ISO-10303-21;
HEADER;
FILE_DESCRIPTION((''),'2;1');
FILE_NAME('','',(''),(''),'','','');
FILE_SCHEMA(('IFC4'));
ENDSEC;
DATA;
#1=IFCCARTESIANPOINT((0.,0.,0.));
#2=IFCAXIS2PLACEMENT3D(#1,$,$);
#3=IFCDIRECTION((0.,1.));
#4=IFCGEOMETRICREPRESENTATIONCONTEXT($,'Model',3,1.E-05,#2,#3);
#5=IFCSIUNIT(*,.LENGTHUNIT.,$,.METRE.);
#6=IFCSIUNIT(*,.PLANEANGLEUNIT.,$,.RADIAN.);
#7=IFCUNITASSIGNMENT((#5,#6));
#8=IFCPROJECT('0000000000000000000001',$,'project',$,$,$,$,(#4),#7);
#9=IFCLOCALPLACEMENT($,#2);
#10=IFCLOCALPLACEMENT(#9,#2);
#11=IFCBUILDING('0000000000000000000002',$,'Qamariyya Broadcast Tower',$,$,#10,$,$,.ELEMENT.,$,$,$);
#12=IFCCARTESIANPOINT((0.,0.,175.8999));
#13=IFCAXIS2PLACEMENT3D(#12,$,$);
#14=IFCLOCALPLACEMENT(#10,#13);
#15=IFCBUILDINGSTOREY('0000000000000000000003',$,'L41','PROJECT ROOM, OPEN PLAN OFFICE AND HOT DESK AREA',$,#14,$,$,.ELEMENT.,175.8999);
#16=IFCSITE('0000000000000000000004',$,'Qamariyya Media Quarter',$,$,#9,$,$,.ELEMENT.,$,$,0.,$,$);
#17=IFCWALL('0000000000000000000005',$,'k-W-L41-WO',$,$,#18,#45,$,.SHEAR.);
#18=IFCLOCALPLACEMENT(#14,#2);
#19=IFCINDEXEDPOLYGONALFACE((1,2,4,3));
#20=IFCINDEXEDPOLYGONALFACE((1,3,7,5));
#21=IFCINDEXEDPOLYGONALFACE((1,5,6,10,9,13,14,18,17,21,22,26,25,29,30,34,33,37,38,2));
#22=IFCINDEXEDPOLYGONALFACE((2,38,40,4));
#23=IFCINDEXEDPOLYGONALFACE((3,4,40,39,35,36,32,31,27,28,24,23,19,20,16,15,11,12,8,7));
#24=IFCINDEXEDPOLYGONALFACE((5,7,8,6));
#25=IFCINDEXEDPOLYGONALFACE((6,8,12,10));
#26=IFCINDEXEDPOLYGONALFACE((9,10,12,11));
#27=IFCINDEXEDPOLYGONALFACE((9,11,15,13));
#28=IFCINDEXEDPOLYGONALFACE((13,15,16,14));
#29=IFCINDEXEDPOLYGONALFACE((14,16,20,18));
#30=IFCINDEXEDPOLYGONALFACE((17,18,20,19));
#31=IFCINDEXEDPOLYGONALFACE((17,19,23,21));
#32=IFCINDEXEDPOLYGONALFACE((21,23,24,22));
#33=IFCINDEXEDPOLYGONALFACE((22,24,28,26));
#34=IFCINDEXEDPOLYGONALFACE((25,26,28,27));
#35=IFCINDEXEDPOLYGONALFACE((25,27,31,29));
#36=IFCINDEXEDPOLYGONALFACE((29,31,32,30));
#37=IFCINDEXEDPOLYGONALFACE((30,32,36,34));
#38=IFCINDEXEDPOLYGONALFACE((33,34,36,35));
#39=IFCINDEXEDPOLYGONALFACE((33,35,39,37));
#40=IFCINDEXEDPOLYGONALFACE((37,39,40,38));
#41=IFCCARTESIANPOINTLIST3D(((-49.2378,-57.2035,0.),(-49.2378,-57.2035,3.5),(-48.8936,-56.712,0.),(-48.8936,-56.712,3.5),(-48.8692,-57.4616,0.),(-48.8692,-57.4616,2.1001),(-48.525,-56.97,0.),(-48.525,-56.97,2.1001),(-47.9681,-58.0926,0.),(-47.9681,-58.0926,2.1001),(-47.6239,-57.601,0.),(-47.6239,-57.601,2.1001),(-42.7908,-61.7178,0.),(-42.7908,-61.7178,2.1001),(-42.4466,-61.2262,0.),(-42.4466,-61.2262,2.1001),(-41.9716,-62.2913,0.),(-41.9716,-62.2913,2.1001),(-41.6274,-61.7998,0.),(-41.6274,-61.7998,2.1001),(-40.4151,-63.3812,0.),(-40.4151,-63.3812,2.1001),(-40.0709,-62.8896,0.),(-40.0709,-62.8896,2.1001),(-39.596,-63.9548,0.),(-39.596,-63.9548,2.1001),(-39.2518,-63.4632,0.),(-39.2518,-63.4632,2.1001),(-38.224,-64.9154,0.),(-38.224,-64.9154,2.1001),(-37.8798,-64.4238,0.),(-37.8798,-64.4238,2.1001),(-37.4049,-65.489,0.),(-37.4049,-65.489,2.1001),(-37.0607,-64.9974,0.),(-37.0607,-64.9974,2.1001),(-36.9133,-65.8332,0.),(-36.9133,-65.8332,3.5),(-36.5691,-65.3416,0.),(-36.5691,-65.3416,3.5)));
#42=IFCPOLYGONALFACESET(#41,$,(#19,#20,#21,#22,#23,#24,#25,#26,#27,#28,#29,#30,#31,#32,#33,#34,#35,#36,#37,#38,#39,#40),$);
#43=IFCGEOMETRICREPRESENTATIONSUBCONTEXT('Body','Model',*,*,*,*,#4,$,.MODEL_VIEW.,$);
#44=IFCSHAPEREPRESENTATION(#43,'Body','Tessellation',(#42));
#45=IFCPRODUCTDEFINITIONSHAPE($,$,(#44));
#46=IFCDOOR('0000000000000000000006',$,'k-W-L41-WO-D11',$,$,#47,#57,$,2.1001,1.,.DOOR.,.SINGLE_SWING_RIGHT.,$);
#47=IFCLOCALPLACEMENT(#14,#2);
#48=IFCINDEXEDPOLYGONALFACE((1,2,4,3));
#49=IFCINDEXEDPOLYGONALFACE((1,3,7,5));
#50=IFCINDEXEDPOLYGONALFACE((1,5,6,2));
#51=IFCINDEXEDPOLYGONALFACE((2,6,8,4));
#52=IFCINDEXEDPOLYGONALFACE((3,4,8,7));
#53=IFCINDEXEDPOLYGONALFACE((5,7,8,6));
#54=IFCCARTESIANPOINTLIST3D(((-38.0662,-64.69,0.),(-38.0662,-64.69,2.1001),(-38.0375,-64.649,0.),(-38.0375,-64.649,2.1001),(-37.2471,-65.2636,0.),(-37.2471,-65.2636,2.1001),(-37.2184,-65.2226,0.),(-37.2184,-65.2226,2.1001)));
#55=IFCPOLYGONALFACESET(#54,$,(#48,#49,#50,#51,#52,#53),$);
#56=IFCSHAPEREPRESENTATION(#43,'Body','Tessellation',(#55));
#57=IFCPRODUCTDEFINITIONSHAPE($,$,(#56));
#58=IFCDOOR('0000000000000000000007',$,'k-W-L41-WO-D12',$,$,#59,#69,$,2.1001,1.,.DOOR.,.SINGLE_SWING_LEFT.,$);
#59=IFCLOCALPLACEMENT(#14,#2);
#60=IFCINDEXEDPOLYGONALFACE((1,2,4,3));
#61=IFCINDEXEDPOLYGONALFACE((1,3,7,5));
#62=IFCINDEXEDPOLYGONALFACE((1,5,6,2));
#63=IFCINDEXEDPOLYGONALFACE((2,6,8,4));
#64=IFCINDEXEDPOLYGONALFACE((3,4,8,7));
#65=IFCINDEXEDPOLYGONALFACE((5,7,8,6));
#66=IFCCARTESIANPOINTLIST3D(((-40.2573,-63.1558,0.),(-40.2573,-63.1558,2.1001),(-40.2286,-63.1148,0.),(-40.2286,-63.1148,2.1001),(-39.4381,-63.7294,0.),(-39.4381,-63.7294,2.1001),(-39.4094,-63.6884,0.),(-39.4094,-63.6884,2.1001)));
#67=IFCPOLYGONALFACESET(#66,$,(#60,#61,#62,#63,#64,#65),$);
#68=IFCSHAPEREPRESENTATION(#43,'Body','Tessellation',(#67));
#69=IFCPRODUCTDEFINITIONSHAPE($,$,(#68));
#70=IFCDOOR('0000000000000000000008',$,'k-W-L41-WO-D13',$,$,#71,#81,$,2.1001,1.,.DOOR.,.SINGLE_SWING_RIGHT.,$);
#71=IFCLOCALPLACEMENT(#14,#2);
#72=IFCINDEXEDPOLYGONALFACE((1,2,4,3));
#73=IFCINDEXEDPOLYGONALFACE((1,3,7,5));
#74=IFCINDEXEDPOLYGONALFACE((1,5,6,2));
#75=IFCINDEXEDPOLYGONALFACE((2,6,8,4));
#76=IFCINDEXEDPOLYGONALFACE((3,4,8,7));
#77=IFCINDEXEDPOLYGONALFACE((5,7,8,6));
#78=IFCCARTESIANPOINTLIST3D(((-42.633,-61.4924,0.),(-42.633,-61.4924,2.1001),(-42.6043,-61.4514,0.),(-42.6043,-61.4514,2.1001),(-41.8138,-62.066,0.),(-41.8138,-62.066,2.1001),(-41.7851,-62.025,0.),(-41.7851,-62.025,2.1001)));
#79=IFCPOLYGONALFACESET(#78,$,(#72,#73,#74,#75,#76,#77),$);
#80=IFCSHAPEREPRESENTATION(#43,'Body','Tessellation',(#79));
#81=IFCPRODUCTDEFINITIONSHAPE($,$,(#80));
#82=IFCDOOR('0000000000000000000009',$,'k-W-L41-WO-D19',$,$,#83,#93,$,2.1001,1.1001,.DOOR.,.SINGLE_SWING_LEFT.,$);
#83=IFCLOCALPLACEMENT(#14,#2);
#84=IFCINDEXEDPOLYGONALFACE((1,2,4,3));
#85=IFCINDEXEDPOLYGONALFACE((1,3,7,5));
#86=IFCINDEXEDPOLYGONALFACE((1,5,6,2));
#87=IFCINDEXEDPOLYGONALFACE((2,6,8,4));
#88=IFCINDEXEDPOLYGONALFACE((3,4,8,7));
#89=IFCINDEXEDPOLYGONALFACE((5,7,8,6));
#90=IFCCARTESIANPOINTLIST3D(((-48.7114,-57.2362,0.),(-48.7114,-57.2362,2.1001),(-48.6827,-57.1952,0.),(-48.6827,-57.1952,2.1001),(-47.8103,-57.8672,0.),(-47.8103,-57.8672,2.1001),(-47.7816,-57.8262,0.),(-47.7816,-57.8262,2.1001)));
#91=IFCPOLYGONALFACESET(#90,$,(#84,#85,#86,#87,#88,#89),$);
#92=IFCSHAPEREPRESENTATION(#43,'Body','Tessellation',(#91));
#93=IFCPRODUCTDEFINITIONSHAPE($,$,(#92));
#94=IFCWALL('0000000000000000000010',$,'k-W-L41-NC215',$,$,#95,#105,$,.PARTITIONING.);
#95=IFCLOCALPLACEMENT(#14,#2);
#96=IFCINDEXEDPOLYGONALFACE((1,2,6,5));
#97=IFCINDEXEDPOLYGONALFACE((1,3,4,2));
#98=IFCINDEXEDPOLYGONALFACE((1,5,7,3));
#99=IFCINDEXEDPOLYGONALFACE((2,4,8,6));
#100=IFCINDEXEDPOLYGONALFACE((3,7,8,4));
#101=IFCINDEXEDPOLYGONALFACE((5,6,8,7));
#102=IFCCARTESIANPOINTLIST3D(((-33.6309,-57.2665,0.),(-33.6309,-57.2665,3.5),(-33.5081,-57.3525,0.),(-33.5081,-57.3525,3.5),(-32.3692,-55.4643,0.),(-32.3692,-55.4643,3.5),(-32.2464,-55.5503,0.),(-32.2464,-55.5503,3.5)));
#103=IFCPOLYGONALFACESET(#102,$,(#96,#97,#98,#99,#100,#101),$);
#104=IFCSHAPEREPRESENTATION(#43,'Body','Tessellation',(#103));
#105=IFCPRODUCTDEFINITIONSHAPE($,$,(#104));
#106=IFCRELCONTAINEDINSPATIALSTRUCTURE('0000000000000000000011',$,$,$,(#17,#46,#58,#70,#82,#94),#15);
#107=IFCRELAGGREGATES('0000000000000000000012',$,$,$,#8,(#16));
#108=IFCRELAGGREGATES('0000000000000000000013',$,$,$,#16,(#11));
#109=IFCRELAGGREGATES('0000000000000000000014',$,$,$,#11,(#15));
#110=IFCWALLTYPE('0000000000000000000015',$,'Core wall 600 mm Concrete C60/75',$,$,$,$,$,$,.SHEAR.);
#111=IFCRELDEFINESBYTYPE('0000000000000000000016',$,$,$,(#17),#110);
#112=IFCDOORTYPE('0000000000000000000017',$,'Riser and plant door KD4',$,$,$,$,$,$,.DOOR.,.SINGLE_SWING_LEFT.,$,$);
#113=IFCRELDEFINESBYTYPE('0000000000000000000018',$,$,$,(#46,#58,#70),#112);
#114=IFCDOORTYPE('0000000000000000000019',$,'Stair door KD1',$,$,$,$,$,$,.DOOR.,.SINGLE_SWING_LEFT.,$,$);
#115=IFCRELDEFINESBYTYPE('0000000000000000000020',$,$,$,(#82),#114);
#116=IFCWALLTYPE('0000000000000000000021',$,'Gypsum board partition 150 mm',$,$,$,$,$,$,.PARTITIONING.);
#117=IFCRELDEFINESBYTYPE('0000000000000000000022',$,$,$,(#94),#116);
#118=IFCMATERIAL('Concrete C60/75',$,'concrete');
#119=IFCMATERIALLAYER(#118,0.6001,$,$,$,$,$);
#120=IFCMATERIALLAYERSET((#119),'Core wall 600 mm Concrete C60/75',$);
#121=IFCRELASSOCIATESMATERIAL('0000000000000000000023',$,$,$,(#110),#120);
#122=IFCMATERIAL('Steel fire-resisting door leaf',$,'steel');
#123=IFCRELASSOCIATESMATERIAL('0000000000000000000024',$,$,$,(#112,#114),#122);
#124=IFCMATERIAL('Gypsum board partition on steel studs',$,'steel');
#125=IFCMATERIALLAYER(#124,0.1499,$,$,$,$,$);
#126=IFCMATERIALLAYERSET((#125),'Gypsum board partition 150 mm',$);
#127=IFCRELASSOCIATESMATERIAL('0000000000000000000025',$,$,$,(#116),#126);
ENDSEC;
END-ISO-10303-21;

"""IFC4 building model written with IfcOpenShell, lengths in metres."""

from ifc_helpers import new_model, si_unit, direction, frame, frame_2d, origin, place, context, subcontext, project, spatial, rectangle, extrude, material, layer, layer_set, type_object, element, fill, save


model = new_model("IFC4")

# Units and contexts
model_context = context("Model", 3, precision=1e-05, world=origin(), true_north=direction((0.0, 1.0)))
body_context = subcontext(model_context, "Body", "Model", "MODEL_VIEW")
ifc_project = project(units=[si_unit("LENGTHUNIT", "METRE"), si_unit("PLANEANGLEUNIT", "RADIAN")], contexts=[model_context])

# Site, building, storey
site_placement = place(None, origin())
site = spatial("IfcSite", under=ifc_project, at=site_placement, Name="Qamariyya Media Quarter", CompositionType="ELEMENT", RefElevation=0.0)
building_placement = place(site_placement, origin())
building = spatial("IfcBuilding", under=site, at=building_placement, Name="Qamariyya Broadcast Tower", CompositionType="ELEMENT")
storey_placement = place(building_placement, frame((0.0, 0.0, 175.8999)))
storey = spatial("IfcBuildingStorey", under=building, at=storey_placement, Name="L41", Description="PROJECT ROOM, OPEN PLAN OFFICE AND HOT DESK AREA", CompositionType="ELEMENT", Elevation=175.8999)

# Shared definitions
ifc_material_1 = material(Name="Concrete C60/75", Category="concrete")

# Shared definitions
ifc_layer_1 = layer(ifc_material_1, 0.6001)
ifc_layer_set_1 = layer_set([ifc_layer_1], Name="Core wall 600 mm Concrete C60/75")
wall_type_1 = type_object("IfcWallType", Name="Core wall 600 mm Concrete C60/75", PredefinedType="SHEAR", material=ifc_layer_set_1)
ifc_material_2 = material(Name="Steel fire-resisting door leaf", Category="steel")

# Wall, openings, doors
wall_1_placement = place(storey_placement, frame((-36.7412, -65.5874, 0.0), z_axis=(0.0, 0.0, 1.0), x_axis=(-0.819153, 0.573575, 0.0)))
wall_1 = element("IfcWall", 1, at=wall_1_placement, inside=storey, type_object=wall_type_1, Name="k-W-L41-WO", PredefinedType="SHEAR", context=body_context, shape_type="SweptSolid", body=[
    extrude(rectangle(XDim=15.0454, YDim=0.6001, at=frame_2d((7.5227, 0.0))), origin(), (0.0, 0.0, 1.0), 3.5),
])
opening_1_placement = place(wall_1_placement, frame((0.6001, 0.0, 0.0)))
opening_1 = element("IfcOpeningElement", 2, at=opening_1_placement, cuts=wall_1, PredefinedType="OPENING", context=body_context, shape_type="SweptSolid", body=[
    extrude(rectangle(XDim=1.0, YDim=2.1001, at=frame_2d((0.5, 1.05))), frame((0.0, 0.3101, 0.0), z_axis=(0.0, -1.0, 0.0), x_axis=(1.0, 0.0, 0.0)), (0.0, 0.0, 1.0), 0.6201),
])
opening_2_placement = place(wall_1_placement, frame((3.2749, 0.0, 0.0)))
opening_2 = element("IfcOpeningElement", 3, at=opening_2_placement, cuts=wall_1, PredefinedType="OPENING", context=body_context, shape_type="SweptSolid", body=[
    extrude(rectangle(XDim=1.0, YDim=2.1001, at=frame_2d((0.5, 1.05))), frame((0.0, 0.3101, 0.0), z_axis=(0.0, -1.0, 0.0), x_axis=(1.0, 0.0, 0.0)), (0.0, 0.0, 1.0), 0.6201),
])
opening_3_placement = place(wall_1_placement, frame((6.175, 0.0, 0.0)))
opening_3 = element("IfcOpeningElement", 4, at=opening_3_placement, cuts=wall_1, PredefinedType="OPENING", context=body_context, shape_type="SweptSolid", body=[
    extrude(rectangle(XDim=1.0, YDim=2.1001, at=frame_2d((0.5, 1.05))), frame((0.0, 0.3101, 0.0), z_axis=(0.0, -1.0, 0.0), x_axis=(1.0, 0.0, 0.0)), (0.0, 0.0, 1.0), 0.6201),
])
opening_4_placement = place(wall_1_placement, frame((13.4954, 0.0, 0.0)))
opening_4 = element("IfcOpeningElement", 5, at=opening_4_placement, cuts=wall_1, PredefinedType="OPENING", context=body_context, shape_type="SweptSolid", body=[
    extrude(rectangle(XDim=1.1001, YDim=2.1001, at=frame_2d((0.55, 1.05))), frame((0.0, 0.3101, 0.0), z_axis=(0.0, -1.0, 0.0), x_axis=(1.0, 0.0, 0.0)), (0.0, 0.0, 1.0), 0.6201),
])
door_type_1 = type_object("IfcDoorType", Name="Riser and plant door KD4", OperationType="SINGLE_SWING_LEFT", PredefinedType="DOOR", material=ifc_material_2)
door_1_placement = place(opening_1_placement, origin())
door_1 = element("IfcDoor", 6, at=door_1_placement, inside=storey, type_object=door_type_1, Name="k-W-L41-WO-D11", OperationType="SINGLE_SWING_RIGHT", OverallHeight=2.1001, OverallWidth=1.0, PredefinedType="DOOR", context=body_context, shape_type="SweptSolid", body=[
    extrude(rectangle(XDim=1.0, YDim=2.1001, at=frame_2d((0.5, 1.05))), frame((0.0, 0.0249, 0.0), z_axis=(0.0, -1.0, 0.0), x_axis=(1.0, 0.0, 0.0)), (0.0, 0.0, 1.0), 0.05),
])
fill(opening_1, door_1)
door_2_placement = place(opening_2_placement, origin())
door_2 = element("IfcDoor", 7, at=door_2_placement, inside=storey, type_object=door_type_1, Name="k-W-L41-WO-D12", OperationType="SINGLE_SWING_LEFT", OverallHeight=2.1001, OverallWidth=1.0, PredefinedType="DOOR", context=body_context, shape_type="SweptSolid", body=[
    extrude(rectangle(XDim=1.0, YDim=2.1001, at=frame_2d((0.5, 1.05))), frame((0.0, 0.0249, 0.0), z_axis=(0.0, -1.0, 0.0), x_axis=(1.0, 0.0, 0.0)), (0.0, 0.0, 1.0), 0.05),
])
fill(opening_2, door_2)
door_3_placement = place(opening_3_placement, origin())
door_3 = element("IfcDoor", 8, at=door_3_placement, inside=storey, type_object=door_type_1, Name="k-W-L41-WO-D13", OperationType="SINGLE_SWING_RIGHT", OverallHeight=2.1001, OverallWidth=1.0, PredefinedType="DOOR", context=body_context, shape_type="SweptSolid", body=[
    extrude(rectangle(XDim=1.0, YDim=2.1001, at=frame_2d((0.5, 1.05))), frame((0.0, 0.0249, 0.0), z_axis=(0.0, -1.0, 0.0), x_axis=(1.0, 0.0, 0.0)), (0.0, 0.0, 1.0), 0.05),
])
fill(opening_3, door_3)
door_type_2 = type_object("IfcDoorType", Name="Stair door KD1", OperationType="SINGLE_SWING_LEFT", PredefinedType="DOOR", material=ifc_material_2)
door_4_placement = place(opening_4_placement, origin())
door_4 = element("IfcDoor", 9, at=door_4_placement, inside=storey, type_object=door_type_2, Name="k-W-L41-WO-D19", OperationType="SINGLE_SWING_LEFT", OverallHeight=2.1001, OverallWidth=1.1001, PredefinedType="DOOR", context=body_context, shape_type="SweptSolid", body=[
    extrude(rectangle(XDim=1.1001, YDim=2.1001, at=frame_2d((0.55, 1.05))), frame((0.0, 0.0249, 0.0), z_axis=(0.0, -1.0, 0.0), x_axis=(1.0, 0.0, 0.0)), (0.0, 0.0, 1.0), 0.05),
])
fill(opening_4, door_4)

# Wall
ifc_material_3 = material(Name="Gypsum board partition on steel studs", Category="steel")
ifc_layer_2 = layer(ifc_material_3, 0.1499)
ifc_layer_set_2 = layer_set([ifc_layer_2], Name="Gypsum board partition 150 mm")
wall_type_2 = type_object("IfcWallType", Name="Gypsum board partition 150 mm", PredefinedType="PARTITIONING", material=ifc_layer_set_2)
wall_2_placement = place(storey_placement, frame((-33.5696, -57.3096, 0.0), z_axis=(0.0, 0.0, 1.0), x_axis=(0.573507, 0.819201, 0.0)))
element("IfcWall", 10, at=wall_2_placement, inside=storey, type_object=wall_type_2, Name="k-W-L41-NC215", PredefinedType="PARTITIONING", context=body_context, shape_type="SweptSolid", body=[
    extrude(rectangle(XDim=2.2, YDim=0.1499, at=frame_2d((1.1001, 0.0))), origin(), (0.0, 0.0, 1.0), 3.5),
])

save(model, "model.ifc")
